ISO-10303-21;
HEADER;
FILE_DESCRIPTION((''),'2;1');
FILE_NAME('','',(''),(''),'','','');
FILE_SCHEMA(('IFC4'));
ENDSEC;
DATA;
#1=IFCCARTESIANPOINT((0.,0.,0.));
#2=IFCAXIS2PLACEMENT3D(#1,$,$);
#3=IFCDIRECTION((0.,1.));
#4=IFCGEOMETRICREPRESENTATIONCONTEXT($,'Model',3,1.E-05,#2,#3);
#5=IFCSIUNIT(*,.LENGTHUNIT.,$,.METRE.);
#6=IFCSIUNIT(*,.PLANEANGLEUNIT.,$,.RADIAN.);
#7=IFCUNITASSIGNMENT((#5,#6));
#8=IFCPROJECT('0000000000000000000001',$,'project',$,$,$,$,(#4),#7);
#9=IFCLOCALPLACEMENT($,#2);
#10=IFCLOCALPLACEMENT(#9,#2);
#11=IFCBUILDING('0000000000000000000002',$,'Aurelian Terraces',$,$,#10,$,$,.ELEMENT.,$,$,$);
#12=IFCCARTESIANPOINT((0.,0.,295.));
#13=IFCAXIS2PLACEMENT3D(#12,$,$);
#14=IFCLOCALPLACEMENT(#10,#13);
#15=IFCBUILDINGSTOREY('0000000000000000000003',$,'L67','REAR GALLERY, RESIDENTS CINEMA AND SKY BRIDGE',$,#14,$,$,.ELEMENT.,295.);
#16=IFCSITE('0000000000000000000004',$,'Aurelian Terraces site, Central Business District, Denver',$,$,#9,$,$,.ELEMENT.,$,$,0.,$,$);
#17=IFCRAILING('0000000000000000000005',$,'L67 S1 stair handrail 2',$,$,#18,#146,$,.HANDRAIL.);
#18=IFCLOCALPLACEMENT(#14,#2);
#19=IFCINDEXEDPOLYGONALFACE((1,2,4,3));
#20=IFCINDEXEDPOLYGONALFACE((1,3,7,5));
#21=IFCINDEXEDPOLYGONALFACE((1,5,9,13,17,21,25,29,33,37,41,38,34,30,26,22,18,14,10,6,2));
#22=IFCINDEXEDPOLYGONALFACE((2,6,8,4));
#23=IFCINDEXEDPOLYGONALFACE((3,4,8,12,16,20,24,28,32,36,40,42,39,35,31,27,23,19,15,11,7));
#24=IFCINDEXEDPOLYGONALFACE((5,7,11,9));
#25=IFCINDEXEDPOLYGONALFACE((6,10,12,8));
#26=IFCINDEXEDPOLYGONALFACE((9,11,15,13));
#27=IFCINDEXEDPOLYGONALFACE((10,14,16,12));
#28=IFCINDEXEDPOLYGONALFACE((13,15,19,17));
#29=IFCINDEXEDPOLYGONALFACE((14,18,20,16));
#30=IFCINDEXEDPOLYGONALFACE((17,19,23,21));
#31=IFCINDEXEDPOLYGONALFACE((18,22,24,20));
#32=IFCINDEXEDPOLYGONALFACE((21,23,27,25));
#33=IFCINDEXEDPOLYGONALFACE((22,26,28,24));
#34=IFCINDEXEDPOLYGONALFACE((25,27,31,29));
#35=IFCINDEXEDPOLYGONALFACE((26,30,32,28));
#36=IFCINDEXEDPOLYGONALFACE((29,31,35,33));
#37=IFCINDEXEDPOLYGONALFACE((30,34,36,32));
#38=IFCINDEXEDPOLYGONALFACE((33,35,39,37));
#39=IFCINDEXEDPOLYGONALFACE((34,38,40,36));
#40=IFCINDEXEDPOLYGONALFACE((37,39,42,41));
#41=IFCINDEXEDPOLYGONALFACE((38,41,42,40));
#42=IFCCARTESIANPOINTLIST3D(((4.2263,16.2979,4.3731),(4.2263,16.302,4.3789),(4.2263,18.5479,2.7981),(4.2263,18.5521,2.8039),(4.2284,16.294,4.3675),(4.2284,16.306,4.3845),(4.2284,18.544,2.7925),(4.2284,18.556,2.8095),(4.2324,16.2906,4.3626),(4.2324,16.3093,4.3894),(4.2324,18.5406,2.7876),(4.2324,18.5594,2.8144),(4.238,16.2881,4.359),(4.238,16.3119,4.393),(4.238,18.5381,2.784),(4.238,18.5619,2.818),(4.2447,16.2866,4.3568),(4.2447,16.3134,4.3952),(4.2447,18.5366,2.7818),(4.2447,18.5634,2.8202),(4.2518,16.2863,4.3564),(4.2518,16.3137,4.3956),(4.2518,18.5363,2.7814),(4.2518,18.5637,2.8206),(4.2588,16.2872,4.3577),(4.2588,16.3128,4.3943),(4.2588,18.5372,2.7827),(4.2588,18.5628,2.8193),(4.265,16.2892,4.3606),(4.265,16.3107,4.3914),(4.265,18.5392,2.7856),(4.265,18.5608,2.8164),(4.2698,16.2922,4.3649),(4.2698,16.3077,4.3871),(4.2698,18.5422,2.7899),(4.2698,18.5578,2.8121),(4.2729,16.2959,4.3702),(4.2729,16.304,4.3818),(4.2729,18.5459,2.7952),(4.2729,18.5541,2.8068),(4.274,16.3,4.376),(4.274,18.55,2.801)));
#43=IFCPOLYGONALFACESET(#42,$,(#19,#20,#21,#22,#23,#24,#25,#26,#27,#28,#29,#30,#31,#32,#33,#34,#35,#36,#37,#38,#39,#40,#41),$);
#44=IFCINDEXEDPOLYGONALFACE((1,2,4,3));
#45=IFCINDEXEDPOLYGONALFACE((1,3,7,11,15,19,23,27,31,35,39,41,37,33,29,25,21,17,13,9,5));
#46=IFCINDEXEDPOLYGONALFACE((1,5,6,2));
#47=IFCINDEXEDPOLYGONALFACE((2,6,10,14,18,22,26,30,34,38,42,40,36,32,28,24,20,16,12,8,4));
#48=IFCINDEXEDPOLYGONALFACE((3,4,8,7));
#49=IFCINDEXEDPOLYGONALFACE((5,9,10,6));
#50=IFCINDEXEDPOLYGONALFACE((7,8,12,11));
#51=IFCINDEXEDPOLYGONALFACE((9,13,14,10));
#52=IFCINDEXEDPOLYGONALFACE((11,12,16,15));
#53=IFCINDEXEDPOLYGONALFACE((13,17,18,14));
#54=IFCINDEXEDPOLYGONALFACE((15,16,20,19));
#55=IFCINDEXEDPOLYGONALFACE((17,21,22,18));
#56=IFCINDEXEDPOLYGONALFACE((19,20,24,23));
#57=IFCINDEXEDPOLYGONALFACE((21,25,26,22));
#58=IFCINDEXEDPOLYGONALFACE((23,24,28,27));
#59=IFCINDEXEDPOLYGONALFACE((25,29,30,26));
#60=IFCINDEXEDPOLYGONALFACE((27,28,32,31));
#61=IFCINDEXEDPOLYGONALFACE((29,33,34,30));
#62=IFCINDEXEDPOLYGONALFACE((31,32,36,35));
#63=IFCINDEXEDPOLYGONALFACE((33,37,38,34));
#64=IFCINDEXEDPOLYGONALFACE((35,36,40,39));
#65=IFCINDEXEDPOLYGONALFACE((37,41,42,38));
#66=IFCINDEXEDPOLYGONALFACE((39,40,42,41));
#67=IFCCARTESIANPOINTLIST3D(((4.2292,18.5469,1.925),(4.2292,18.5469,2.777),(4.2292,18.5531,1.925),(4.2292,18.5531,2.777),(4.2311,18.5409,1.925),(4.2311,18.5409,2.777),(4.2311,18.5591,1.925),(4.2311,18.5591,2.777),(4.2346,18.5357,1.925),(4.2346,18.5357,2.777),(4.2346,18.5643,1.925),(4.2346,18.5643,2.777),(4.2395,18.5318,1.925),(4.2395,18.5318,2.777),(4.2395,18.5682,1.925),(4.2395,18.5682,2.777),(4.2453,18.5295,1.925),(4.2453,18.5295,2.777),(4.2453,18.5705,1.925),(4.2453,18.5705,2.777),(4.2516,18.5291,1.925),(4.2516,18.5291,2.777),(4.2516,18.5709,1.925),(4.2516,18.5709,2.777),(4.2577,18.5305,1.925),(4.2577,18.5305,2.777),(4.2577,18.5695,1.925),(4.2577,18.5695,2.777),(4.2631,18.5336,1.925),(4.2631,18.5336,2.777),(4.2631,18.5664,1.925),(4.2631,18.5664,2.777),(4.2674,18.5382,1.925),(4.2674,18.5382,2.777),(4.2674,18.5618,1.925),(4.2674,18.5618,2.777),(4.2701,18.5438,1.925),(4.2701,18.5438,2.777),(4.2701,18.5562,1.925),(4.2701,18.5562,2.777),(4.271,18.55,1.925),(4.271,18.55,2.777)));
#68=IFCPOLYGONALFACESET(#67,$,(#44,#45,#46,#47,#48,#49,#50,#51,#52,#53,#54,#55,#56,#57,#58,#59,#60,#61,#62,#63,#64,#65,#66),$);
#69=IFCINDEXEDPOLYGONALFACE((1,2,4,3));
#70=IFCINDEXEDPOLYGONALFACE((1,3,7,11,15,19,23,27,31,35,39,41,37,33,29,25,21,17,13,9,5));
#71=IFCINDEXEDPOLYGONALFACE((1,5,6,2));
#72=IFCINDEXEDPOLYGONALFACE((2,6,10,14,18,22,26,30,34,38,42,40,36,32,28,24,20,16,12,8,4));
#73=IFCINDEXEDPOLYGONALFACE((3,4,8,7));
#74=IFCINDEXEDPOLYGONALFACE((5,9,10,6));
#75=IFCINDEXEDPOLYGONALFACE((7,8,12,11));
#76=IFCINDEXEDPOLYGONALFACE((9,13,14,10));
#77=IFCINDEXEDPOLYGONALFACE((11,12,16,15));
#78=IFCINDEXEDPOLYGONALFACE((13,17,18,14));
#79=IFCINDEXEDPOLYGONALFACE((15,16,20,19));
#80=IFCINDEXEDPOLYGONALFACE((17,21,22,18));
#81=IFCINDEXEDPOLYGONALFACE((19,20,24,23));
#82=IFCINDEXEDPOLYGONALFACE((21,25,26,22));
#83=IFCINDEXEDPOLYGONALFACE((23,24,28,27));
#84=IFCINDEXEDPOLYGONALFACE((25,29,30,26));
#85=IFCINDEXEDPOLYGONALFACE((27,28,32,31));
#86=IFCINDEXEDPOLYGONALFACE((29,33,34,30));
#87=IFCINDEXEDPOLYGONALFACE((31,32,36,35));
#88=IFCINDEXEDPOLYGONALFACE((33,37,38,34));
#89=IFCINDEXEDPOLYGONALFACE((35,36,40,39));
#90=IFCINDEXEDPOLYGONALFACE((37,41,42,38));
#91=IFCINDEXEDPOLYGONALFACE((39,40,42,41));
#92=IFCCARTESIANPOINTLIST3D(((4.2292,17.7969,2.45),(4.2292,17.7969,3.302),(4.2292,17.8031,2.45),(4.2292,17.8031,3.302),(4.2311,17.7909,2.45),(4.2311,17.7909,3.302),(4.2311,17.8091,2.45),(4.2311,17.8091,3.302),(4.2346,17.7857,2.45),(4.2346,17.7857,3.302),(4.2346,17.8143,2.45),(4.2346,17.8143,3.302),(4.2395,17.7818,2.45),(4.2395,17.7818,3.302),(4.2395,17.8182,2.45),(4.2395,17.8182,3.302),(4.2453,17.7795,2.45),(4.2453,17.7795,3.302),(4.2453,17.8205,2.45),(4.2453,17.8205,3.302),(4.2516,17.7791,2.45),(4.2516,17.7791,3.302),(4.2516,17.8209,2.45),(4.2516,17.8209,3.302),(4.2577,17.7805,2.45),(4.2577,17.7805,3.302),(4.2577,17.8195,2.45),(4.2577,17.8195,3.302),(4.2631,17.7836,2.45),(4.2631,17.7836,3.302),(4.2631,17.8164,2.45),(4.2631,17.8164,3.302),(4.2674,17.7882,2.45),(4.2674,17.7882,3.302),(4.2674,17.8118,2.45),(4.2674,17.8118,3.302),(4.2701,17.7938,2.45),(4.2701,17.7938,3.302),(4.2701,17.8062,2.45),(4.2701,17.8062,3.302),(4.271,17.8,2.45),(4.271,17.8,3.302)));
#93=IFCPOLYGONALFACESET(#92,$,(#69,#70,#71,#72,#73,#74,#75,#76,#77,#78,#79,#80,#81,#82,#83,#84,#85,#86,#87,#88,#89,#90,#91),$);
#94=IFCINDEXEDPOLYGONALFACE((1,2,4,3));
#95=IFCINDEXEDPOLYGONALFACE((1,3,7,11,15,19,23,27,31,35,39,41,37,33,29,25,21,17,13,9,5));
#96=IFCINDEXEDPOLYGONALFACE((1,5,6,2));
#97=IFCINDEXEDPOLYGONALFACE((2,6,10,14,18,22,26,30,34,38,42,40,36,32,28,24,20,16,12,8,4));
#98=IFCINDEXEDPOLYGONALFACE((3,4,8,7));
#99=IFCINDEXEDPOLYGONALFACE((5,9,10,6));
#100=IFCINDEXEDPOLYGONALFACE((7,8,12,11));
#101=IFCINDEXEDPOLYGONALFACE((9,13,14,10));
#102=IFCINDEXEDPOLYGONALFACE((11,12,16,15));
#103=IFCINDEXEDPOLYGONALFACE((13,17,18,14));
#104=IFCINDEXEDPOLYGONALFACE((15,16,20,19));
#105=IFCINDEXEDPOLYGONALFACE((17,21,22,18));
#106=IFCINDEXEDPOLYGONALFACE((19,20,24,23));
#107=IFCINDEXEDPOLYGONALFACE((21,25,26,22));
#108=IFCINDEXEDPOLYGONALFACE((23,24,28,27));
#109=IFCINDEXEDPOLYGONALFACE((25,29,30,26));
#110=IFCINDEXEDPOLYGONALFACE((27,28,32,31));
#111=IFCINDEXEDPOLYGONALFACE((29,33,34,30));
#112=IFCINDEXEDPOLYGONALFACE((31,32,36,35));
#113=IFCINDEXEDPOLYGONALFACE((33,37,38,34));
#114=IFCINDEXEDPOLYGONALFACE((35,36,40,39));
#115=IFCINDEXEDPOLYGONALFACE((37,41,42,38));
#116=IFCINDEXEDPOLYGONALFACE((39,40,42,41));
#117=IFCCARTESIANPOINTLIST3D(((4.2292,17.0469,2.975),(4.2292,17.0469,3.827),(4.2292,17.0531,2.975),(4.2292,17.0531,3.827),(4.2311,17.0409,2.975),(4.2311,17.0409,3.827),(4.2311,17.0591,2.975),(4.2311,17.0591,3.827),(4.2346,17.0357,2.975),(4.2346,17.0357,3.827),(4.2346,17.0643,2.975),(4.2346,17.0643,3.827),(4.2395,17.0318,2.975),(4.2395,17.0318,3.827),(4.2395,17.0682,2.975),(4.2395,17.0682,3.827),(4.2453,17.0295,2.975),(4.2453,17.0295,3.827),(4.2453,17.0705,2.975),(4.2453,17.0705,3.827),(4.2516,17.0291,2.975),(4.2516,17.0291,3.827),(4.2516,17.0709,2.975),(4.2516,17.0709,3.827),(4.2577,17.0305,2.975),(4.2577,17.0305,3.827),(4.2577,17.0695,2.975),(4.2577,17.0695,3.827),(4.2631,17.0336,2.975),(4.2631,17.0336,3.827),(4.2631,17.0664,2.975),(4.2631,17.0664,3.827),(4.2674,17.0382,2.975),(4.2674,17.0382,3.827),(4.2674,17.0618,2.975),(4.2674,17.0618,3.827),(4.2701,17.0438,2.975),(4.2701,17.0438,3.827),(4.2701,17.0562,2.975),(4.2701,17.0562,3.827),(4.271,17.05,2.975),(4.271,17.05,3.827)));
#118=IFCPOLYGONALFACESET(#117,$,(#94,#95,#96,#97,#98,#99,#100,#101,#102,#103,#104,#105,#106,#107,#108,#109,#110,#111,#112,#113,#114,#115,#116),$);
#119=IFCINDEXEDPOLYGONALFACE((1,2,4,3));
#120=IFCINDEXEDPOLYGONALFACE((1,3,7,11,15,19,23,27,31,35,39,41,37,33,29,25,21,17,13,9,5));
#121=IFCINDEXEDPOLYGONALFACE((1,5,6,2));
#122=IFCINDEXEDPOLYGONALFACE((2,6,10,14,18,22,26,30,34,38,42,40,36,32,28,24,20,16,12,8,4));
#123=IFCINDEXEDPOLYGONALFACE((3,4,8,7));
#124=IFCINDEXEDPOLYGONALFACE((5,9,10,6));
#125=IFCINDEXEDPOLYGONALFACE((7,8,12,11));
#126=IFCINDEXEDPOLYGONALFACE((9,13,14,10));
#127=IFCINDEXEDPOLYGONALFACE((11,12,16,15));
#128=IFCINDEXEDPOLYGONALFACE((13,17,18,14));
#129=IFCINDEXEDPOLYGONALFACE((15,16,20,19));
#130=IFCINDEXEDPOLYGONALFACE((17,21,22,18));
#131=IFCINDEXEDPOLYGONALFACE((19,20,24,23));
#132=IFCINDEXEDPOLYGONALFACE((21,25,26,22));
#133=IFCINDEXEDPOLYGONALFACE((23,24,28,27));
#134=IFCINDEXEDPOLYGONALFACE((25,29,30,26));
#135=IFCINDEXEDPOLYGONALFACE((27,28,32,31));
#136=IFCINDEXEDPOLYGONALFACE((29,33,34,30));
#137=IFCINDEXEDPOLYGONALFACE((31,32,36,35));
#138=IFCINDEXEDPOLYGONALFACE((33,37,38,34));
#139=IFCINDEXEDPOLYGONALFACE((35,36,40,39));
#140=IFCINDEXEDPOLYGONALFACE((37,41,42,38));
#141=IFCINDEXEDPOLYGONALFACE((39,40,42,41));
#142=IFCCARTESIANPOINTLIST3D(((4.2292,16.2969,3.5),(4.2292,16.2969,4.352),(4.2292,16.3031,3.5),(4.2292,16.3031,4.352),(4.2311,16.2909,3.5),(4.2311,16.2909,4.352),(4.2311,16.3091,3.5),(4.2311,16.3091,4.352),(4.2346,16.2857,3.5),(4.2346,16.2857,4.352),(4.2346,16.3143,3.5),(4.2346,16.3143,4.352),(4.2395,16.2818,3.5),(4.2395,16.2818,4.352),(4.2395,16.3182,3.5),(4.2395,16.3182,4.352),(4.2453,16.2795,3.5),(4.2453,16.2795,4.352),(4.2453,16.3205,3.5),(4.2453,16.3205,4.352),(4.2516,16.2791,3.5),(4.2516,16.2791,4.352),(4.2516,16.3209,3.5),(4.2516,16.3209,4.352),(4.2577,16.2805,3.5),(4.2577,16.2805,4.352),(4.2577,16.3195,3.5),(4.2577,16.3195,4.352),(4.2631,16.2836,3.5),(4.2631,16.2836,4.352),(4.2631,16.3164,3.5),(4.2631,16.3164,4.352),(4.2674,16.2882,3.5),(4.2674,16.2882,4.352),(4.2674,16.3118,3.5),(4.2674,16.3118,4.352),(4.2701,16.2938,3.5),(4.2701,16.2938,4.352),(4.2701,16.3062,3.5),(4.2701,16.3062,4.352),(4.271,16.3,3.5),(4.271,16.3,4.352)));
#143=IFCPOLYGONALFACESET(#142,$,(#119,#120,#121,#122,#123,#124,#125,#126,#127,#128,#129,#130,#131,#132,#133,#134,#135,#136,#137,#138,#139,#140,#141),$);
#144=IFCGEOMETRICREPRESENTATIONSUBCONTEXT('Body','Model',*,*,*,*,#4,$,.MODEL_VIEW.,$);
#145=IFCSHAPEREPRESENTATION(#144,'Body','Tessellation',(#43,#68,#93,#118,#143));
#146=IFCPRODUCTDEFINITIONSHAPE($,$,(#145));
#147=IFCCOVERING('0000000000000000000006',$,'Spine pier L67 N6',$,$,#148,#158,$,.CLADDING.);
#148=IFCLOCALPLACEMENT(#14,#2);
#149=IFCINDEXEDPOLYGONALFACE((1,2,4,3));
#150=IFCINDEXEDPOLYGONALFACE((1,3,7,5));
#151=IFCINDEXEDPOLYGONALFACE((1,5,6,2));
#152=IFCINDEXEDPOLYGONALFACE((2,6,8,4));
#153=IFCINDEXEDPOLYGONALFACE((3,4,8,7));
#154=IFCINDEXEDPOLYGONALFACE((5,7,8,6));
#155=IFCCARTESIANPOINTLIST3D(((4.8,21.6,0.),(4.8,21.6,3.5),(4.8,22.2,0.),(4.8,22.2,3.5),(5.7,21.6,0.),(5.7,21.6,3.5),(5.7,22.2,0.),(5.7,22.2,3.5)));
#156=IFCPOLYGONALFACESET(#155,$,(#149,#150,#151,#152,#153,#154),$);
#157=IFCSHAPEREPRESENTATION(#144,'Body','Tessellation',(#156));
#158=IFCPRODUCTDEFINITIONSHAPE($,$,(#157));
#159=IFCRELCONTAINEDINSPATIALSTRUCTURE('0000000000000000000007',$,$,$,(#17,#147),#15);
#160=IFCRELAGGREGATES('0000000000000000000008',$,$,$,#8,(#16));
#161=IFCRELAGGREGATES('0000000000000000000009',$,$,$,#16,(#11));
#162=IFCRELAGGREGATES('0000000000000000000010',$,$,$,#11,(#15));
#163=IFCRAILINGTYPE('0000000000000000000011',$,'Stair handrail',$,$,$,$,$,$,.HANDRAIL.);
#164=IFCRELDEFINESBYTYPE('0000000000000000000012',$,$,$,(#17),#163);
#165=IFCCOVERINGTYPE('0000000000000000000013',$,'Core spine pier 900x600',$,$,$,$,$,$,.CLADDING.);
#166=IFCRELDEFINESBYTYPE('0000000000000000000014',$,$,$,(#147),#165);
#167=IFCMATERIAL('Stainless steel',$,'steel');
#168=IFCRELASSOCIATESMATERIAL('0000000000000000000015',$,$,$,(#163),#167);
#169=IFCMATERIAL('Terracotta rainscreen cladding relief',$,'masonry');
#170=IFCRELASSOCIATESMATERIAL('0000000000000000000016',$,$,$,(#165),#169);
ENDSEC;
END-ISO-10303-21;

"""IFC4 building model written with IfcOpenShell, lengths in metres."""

from ifc_helpers import new_model, si_unit, direction, frame, origin, origin_2d, place, context, subcontext, project, spatial, rectangle, circle, extrude, source, transform, mapped, material, type_object, element, save


model = new_model("IFC4")

# Units and contexts
model_context = context("Model", 3, precision=1e-05, world=origin(), true_north=direction((0.0, 1.0)))
body_context = subcontext(model_context, "Body", "Model", "MODEL_VIEW")
ifc_project = project(units=[si_unit("LENGTHUNIT", "METRE"), si_unit("PLANEANGLEUNIT", "RADIAN")], contexts=[model_context])

# Site, building, storey
site_placement = place(None, origin())
site = spatial("IfcSite", under=ifc_project, at=site_placement, Name="Aurelian Terraces site, Central Business District, Denver", CompositionType="ELEMENT", RefElevation=0.0)
building_placement = place(site_placement, origin())
building = spatial("IfcBuilding", under=site, at=building_placement, Name="Aurelian Terraces", CompositionType="ELEMENT")
storey_placement = place(building_placement, frame((0.0, 0.0, 295.0)))
storey = spatial("IfcBuildingStorey", under=building, at=storey_placement, Name="L67", Description="REAR GALLERY, RESIDENTS CINEMA AND SKY BRIDGE", CompositionType="ELEMENT", Elevation=295.0)

# Railing
ifc_material_1 = material(Name="Stainless steel", Category="steel")
railing_type_1 = type_object("IfcRailingType", Name="Stair handrail", PredefinedType="HANDRAIL", material=ifc_material_1)
shared_shape_1 = source(origin(), body_context, "Body", "SweptSolid", [
    extrude(circle(Radius=0.024, at=origin_2d()), frame((0.0, 0.0, 0.876), z_axis=(0.0, -0.819232, 0.573462), x_axis=(1.0, 0.0, 0.0)), (0.0, 0.0, 1.0), 2.7465),
    extrude(circle(Radius=0.021, at=origin_2d()), origin(), (0.0, 0.0, 1.0), 0.852),
    extrude(circle(Radius=0.021, at=origin_2d()), frame((0.0, -0.75, 0.525)), (0.0, 0.0, 1.0), 0.852),
    extrude(circle(Radius=0.021, at=origin_2d()), frame((0.0, -1.5, 1.05)), (0.0, 0.0, 1.0), 0.852),
    extrude(circle(Radius=0.021, at=origin_2d()), frame((0.0, -2.25, 1.575)), (0.0, 0.0, 1.0), 0.852),
])
railing_1_placement = place(storey_placement, frame((4.25, 18.55, 1.925)))
element("IfcRailing", 1, at=railing_1_placement, inside=storey, type_object=railing_type_1, Name="L67 S1 stair handrail 2", PredefinedType="HANDRAIL", context=body_context, shape_type="MappedRepresentation", body=[
    mapped(shared_shape_1, transform((0.0, 0.0, 0.0), scale=1.0)),
])

# Covering
ifc_material_2 = material(Name="Terracotta rainscreen cladding relief", Category="masonry")
covering_type_1 = type_object("IfcCoveringType", Name="Core spine pier 900x600", PredefinedType="CLADDING", material=ifc_material_2)
shared_shape_2 = source(origin(), body_context, "Body", "SweptSolid", [
    extrude(rectangle(XDim=0.9, YDim=0.6, at=origin_2d()), origin(), (0.0, 0.0, 1.0), 3.5),
])
covering_1_placement = place(storey_placement, frame((5.25, 21.9, 0.0), z_axis=(0.0, 0.0, 1.0), x_axis=(1.0, 0.0, 0.0)))
element("IfcCovering", 2, at=covering_1_placement, inside=storey, type_object=covering_type_1, Name="Spine pier L67 N6", PredefinedType="CLADDING", context=body_context, shape_type="MappedRepresentation", body=[
    mapped(shared_shape_2, transform((0.0, 0.0, 0.0), scale=1.0)),
])

save(model, "model.ifc")
